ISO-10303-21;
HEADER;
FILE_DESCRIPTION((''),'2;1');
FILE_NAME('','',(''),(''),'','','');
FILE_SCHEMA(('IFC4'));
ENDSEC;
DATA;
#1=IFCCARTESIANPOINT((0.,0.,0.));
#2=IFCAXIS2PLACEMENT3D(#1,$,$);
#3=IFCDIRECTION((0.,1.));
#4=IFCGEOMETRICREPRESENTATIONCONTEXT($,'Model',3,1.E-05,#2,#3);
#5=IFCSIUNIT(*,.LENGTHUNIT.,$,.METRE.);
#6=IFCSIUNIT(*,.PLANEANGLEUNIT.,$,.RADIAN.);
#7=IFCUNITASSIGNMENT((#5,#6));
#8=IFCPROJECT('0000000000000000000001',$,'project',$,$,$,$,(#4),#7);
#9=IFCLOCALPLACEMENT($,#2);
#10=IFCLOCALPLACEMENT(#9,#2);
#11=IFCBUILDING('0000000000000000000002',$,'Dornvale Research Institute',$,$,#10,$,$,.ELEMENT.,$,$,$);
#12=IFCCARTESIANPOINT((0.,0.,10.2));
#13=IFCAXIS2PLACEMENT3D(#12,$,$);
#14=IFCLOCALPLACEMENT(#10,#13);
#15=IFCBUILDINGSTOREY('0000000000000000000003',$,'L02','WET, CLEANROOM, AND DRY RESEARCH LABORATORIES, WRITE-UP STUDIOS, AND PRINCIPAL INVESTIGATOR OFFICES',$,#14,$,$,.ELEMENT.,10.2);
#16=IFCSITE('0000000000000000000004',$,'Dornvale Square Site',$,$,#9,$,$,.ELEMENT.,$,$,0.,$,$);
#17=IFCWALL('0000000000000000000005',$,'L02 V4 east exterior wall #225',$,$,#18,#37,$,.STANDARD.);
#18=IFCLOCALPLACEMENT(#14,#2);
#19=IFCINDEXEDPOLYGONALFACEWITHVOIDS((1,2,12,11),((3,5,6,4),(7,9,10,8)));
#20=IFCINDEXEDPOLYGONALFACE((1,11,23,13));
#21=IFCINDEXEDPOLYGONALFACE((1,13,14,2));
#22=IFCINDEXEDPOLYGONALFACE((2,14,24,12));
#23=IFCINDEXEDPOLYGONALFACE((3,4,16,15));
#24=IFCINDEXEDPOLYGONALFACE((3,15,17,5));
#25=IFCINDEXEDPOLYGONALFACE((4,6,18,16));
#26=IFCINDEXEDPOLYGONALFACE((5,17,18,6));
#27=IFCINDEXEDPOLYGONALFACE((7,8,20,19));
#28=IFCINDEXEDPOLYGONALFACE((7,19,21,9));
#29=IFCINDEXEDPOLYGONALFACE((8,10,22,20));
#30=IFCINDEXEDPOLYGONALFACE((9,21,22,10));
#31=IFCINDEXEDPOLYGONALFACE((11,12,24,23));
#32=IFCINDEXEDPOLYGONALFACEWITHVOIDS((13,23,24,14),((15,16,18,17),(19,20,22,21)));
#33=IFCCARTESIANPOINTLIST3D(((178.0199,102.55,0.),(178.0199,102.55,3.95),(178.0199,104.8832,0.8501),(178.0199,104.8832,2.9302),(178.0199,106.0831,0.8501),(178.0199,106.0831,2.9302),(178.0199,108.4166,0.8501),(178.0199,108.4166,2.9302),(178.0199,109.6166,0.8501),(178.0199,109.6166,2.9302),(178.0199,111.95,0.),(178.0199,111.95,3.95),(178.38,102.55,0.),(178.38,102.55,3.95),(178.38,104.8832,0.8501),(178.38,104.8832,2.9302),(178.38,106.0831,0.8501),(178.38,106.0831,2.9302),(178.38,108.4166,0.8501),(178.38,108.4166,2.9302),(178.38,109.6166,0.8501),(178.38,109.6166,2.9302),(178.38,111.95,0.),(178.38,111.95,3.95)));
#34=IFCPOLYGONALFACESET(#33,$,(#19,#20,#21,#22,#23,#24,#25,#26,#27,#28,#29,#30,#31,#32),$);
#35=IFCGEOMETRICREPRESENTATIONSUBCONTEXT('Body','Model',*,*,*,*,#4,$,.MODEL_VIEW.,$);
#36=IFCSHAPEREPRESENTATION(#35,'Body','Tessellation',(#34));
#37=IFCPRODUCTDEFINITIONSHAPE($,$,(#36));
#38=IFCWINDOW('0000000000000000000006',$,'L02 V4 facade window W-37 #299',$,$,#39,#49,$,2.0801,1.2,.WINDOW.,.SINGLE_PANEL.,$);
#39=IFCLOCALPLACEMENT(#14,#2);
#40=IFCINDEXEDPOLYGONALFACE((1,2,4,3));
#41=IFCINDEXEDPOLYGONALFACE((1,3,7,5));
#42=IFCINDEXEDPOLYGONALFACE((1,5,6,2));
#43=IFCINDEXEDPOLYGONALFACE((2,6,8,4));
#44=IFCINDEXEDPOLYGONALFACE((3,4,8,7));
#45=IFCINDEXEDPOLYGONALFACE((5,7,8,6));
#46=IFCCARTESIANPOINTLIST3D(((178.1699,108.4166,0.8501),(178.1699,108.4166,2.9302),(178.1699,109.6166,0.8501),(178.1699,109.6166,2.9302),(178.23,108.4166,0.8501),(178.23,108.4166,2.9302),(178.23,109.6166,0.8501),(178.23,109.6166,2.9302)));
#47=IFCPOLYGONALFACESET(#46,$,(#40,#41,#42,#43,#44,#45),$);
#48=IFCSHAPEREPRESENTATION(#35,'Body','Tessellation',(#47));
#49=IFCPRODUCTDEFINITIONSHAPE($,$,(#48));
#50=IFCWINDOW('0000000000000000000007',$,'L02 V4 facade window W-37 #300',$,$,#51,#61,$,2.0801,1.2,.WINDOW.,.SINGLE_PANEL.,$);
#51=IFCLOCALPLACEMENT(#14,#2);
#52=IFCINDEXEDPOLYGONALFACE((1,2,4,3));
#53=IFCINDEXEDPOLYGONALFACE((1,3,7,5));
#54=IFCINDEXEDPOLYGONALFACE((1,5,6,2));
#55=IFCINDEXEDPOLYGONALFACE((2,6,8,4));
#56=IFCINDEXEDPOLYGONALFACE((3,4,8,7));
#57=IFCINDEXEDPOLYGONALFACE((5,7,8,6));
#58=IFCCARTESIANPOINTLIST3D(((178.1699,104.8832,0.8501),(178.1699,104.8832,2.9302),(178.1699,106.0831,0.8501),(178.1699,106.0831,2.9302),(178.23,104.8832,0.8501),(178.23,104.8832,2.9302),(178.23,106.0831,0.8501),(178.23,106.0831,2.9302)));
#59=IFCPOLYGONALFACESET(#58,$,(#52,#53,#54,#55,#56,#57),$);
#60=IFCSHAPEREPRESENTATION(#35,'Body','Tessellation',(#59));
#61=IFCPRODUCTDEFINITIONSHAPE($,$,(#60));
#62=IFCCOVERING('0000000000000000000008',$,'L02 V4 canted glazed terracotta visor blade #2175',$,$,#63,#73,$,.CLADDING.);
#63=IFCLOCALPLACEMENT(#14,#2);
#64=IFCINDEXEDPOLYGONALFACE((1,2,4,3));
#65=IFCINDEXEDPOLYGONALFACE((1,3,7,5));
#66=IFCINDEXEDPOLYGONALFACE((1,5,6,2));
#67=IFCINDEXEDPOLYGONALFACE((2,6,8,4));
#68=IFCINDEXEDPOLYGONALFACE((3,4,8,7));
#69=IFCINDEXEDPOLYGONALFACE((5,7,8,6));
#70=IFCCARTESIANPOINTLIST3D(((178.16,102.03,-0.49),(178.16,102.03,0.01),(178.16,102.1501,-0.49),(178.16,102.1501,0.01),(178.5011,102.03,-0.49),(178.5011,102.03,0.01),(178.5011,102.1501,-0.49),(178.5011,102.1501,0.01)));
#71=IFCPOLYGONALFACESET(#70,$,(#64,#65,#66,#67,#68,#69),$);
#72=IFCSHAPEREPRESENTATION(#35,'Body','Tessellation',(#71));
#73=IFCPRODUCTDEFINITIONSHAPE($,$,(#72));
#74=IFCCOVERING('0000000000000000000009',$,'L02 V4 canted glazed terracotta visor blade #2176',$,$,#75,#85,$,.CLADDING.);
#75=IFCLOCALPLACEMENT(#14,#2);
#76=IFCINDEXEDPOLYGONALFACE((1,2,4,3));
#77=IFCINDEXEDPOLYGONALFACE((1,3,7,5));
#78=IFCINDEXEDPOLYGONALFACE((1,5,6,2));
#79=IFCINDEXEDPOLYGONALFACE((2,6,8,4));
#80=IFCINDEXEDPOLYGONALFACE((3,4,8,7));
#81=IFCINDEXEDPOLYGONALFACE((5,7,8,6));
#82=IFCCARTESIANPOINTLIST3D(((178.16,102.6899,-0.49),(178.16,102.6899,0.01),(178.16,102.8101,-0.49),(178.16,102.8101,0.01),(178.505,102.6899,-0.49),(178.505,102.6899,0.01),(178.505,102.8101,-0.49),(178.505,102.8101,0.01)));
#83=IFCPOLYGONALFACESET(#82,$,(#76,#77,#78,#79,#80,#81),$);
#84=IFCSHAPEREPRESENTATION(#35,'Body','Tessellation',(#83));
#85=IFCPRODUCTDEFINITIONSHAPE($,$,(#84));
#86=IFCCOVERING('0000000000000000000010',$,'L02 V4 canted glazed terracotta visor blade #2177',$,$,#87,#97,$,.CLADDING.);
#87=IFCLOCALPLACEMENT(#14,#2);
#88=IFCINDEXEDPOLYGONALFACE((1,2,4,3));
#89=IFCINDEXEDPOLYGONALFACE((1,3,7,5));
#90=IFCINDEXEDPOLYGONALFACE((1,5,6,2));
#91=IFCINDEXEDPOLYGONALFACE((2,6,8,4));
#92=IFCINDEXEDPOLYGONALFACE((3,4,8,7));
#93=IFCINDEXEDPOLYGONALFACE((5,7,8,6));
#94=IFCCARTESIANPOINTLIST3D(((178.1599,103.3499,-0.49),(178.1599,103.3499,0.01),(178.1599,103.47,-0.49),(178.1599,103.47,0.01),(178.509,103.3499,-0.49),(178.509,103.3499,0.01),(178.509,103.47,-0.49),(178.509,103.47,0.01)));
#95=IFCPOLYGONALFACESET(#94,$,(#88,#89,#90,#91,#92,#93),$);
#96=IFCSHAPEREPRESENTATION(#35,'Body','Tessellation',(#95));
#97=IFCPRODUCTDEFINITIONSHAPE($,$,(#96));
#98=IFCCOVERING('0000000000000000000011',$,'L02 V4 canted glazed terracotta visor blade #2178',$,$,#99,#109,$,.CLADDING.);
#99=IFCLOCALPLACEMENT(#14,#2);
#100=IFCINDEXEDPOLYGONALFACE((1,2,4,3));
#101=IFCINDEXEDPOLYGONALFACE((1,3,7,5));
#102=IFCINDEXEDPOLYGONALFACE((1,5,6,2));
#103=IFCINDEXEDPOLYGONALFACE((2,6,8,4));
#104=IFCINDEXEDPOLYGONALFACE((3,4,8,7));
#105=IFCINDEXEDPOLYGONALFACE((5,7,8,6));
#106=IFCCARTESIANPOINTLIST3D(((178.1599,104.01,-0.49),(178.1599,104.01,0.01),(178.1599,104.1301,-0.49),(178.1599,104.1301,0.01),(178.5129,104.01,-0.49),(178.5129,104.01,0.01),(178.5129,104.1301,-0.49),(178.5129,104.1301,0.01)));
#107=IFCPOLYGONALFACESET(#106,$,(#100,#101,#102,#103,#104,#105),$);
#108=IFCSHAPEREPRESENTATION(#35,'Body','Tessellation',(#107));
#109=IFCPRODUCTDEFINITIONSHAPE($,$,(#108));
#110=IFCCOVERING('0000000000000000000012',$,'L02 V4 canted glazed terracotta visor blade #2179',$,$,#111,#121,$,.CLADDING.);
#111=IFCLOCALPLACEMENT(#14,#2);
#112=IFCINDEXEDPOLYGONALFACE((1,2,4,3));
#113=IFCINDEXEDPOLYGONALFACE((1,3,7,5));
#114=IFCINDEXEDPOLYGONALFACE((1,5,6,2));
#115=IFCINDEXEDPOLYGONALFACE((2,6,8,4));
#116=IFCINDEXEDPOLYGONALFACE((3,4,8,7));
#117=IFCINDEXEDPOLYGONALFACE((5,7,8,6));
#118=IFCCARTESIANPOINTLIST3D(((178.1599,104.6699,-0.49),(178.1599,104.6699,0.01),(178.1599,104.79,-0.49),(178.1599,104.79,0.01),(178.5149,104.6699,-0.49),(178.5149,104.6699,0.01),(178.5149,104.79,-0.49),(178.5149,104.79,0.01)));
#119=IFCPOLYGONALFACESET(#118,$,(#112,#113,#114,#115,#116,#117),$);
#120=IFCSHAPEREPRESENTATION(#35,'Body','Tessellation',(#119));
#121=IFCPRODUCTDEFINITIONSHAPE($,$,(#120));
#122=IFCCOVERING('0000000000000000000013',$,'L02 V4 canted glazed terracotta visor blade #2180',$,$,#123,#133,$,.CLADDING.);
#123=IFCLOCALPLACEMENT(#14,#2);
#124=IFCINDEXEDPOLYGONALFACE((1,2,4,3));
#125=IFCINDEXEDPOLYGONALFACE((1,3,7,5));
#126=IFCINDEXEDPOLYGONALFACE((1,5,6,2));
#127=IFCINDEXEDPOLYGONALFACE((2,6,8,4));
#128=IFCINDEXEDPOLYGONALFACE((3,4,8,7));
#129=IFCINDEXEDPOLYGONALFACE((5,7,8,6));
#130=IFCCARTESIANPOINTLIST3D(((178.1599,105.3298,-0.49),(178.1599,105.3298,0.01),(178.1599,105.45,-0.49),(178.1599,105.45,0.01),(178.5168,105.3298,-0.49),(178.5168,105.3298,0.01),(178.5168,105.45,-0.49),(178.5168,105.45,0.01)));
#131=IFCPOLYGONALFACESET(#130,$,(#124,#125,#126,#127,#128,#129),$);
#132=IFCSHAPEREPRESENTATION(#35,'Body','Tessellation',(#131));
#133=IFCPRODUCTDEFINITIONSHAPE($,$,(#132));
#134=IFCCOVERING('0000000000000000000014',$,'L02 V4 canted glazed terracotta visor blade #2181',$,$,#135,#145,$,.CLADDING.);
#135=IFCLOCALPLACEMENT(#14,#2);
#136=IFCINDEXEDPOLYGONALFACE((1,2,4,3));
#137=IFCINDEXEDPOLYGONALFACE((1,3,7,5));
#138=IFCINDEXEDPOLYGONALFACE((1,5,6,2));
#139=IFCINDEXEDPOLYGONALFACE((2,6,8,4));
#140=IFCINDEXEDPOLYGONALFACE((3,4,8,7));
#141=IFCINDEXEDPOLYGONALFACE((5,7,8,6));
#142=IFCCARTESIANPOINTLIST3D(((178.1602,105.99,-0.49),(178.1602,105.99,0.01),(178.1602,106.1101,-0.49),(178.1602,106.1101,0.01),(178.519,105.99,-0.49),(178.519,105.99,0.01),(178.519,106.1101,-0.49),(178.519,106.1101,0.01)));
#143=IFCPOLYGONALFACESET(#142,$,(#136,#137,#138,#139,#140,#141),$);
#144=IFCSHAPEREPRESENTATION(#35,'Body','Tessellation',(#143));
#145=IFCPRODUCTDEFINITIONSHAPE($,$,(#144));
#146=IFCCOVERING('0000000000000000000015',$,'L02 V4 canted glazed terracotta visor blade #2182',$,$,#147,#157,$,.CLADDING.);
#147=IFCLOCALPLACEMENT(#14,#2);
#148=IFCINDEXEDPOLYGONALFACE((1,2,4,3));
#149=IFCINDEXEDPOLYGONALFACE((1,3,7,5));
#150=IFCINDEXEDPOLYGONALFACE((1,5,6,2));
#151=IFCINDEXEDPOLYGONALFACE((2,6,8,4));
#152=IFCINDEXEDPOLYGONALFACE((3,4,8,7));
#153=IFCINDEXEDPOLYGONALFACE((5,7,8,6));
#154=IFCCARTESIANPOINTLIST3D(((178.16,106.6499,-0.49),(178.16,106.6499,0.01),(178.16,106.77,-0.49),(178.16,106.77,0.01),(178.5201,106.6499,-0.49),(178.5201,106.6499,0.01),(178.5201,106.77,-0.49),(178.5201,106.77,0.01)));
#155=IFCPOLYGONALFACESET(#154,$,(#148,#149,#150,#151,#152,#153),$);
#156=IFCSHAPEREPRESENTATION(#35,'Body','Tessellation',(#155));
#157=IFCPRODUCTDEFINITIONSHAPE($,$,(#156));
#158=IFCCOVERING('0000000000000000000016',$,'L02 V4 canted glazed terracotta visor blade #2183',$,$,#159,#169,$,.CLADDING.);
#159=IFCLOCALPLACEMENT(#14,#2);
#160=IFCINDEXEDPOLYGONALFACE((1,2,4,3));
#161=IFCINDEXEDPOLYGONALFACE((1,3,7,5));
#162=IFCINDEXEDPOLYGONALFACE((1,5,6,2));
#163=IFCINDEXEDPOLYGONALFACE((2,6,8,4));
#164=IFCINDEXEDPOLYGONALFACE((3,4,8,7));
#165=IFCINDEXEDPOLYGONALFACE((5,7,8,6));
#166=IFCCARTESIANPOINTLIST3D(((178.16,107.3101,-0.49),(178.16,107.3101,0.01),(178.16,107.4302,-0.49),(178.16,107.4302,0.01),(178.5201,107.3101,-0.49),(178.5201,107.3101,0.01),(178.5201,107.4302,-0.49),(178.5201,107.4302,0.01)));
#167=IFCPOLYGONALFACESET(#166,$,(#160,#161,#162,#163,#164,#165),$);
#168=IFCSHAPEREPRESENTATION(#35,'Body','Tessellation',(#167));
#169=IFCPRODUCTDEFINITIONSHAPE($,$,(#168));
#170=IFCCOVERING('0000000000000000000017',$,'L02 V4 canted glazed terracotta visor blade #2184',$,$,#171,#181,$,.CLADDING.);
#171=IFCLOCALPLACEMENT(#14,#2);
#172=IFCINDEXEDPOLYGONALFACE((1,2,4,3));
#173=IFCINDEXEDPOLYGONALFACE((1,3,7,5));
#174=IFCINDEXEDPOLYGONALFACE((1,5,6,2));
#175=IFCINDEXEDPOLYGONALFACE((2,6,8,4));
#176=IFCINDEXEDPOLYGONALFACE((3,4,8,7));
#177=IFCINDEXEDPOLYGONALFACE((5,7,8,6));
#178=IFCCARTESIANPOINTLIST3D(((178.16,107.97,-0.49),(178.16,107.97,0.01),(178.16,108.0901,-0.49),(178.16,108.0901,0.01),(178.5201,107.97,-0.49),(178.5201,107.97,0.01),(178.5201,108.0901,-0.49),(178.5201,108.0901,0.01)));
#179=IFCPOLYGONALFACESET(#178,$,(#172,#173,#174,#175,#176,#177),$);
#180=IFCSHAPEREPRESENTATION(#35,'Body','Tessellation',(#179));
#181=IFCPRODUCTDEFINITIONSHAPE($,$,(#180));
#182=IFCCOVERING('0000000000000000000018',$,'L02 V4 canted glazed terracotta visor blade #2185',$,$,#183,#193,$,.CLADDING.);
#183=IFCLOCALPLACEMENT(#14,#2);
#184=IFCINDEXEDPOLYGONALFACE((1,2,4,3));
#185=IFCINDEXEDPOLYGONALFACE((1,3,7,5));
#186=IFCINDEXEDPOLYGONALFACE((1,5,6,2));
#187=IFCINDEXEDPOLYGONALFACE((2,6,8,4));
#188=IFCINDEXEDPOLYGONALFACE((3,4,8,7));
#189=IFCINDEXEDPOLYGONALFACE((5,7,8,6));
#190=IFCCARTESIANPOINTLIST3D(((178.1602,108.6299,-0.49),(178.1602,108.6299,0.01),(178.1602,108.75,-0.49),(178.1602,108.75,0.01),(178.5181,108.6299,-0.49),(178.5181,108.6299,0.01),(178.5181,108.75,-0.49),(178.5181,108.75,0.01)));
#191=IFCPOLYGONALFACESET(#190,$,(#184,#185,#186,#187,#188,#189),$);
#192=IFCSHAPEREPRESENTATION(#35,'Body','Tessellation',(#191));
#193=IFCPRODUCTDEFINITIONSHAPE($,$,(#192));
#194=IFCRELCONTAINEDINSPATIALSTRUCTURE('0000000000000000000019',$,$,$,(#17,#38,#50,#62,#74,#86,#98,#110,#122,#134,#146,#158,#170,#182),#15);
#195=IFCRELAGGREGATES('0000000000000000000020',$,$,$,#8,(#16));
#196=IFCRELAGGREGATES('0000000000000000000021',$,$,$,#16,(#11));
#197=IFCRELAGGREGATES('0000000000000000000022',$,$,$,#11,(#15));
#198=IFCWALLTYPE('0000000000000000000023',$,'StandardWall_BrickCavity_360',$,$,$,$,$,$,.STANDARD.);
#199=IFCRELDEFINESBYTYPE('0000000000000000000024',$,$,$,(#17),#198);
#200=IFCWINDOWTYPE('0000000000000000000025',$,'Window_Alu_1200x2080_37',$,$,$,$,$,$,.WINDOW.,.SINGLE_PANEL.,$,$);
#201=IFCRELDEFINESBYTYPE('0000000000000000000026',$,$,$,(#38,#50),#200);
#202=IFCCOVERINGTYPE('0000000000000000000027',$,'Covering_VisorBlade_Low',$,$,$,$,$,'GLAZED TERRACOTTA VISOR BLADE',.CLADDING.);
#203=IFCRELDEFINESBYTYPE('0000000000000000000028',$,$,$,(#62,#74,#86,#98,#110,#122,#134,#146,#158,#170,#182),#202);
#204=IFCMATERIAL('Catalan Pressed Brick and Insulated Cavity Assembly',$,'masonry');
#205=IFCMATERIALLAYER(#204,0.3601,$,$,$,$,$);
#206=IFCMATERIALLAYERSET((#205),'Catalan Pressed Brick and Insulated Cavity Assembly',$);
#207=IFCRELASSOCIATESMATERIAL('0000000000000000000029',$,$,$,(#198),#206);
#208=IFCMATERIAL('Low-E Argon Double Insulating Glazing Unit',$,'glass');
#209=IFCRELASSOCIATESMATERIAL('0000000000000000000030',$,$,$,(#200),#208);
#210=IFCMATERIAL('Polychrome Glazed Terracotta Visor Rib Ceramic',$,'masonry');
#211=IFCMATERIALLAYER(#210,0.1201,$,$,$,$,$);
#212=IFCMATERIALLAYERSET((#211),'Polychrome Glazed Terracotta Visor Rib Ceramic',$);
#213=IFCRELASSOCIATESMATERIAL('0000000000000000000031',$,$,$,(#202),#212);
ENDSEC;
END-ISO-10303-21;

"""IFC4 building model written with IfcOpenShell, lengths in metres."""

from ifc_helpers import new_model, si_unit, direction, frame, frame_2d, origin, origin_2d, place, context, subcontext, project, spatial, rectangle, extrude, material, layer, layer_set, type_object, element, fill, save


model = new_model("IFC4")

# Units and contexts
model_context = context("Model", 3, precision=1e-05, world=origin(), true_north=direction((0.0, 1.0)))
body_context = subcontext(model_context, "Body", "Model", "MODEL_VIEW")
ifc_project = project(units=[si_unit("LENGTHUNIT", "METRE"), si_unit("PLANEANGLEUNIT", "RADIAN")], contexts=[model_context])

# Site, building, storey
site_placement = place(None, origin())
site = spatial("IfcSite", under=ifc_project, at=site_placement, Name="Dornvale Square Site", CompositionType="ELEMENT", RefElevation=0.0)
building_placement = place(site_placement, origin())
building = spatial("IfcBuilding", under=site, at=building_placement, Name="Dornvale Research Institute", CompositionType="ELEMENT")
storey_placement = place(building_placement, frame((0.0, 0.0, 10.2)))
storey = spatial("IfcBuildingStorey", under=building, at=storey_placement, Name="L02", Description="WET, CLEANROOM, AND DRY RESEARCH LABORATORIES, WRITE-UP STUDIOS, AND PRINCIPAL INVESTIGATOR OFFICES", CompositionType="ELEMENT", Elevation=10.2)

# Wall, openings, windows
ifc_material_1 = material(Name="Catalan Pressed Brick and Insulated Cavity Assembly", Category="masonry")
ifc_layer_1 = layer(ifc_material_1, 0.3601)
ifc_layer_set_1 = layer_set([ifc_layer_1], Name="Catalan Pressed Brick and Insulated Cavity Assembly")
wall_type_1 = type_object("IfcWallType", Name="StandardWall_BrickCavity_360", PredefinedType="STANDARD", material=ifc_layer_set_1)
wall_1_placement = place(storey_placement, frame((178.2, 111.95, 0.0), z_axis=(0.0, 0.0, 1.0), x_axis=(0.0, -1.0, 0.0)))
wall_1 = element("IfcWall", 1, at=wall_1_placement, inside=storey, type_object=wall_type_1, Name="L02 V4 east exterior wall #225", PredefinedType="STANDARD", context=body_context, shape_type="SweptSolid", body=[
    extrude(rectangle(XDim=9.3999, YDim=0.3601, at=frame_2d((4.7, 0.0))), origin(), (0.0, 0.0, 1.0), 3.95),
])
opening_1_placement = place(wall_1_placement, frame((2.3333, 0.0, 0.8501)))
opening_1 = element("IfcOpeningElement", 2, at=opening_1_placement, cuts=wall_1, PredefinedType="OPENING", context=body_context, shape_type="SweptSolid", body=[
    extrude(rectangle(XDim=1.2, YDim=2.0801, at=frame_2d((0.6001, 1.04))), frame((0.0, 0.1951, 0.0), z_axis=(0.0, -1.0, 0.0), x_axis=(1.0, 0.0, 0.0)), (0.0, 0.0, 1.0), 0.3901),
])
opening_2_placement = place(wall_1_placement, frame((5.8667, 0.0, 0.8501)))
opening_2 = element("IfcOpeningElement", 3, at=opening_2_placement, cuts=wall_1, PredefinedType="OPENING", context=body_context, shape_type="SweptSolid", body=[
    extrude(rectangle(XDim=1.2, YDim=2.0801, at=frame_2d((0.6001, 1.04))), frame((0.0, 0.1951, 0.0), z_axis=(0.0, -1.0, 0.0), x_axis=(1.0, 0.0, 0.0)), (0.0, 0.0, 1.0), 0.3901),
])
ifc_material_2 = material(Name="Low-E Argon Double Insulating Glazing Unit", Category="glass")
window_type = type_object("IfcWindowType", Name="Window_Alu_1200x2080_37", PartitioningType="SINGLE_PANEL", PredefinedType="WINDOW", material=ifc_material_2)
window_1_placement = place(opening_1_placement, origin())
window_1 = element("IfcWindow", 4, at=window_1_placement, inside=storey, type_object=window_type, Name="L02 V4 facade window W-37 #299", OverallHeight=2.0801, OverallWidth=1.2, PartitioningType="SINGLE_PANEL", PredefinedType="WINDOW", context=body_context, shape_type="SweptSolid", body=[
    extrude(rectangle(XDim=1.2, YDim=2.0801, at=frame_2d((0.6001, 1.04))), frame((0.0, 0.03, 0.0), z_axis=(0.0, -1.0, 0.0), x_axis=(1.0, 0.0, 0.0)), (0.0, 0.0, 1.0), 0.0601),
])
fill(opening_1, window_1)
window_2_placement = place(opening_2_placement, origin())
window_2 = element("IfcWindow", 5, at=window_2_placement, inside=storey, type_object=window_type, Name="L02 V4 facade window W-37 #300", OverallHeight=2.0801, OverallWidth=1.2, PartitioningType="SINGLE_PANEL", PredefinedType="WINDOW", context=body_context, shape_type="SweptSolid", body=[
    extrude(rectangle(XDim=1.2, YDim=2.0801, at=frame_2d((0.6001, 1.04))), frame((0.0, 0.03, 0.0), z_axis=(0.0, -1.0, 0.0), x_axis=(1.0, 0.0, 0.0)), (0.0, 0.0, 1.0), 0.0601),
])
fill(opening_2, window_2)

# Coverings
ifc_material_3 = material(Name="Polychrome Glazed Terracotta Visor Rib Ceramic", Category="masonry")
ifc_layer_2 = layer(ifc_material_3, 0.1201)
ifc_layer_set_2 = layer_set([ifc_layer_2], Name="Polychrome Glazed Terracotta Visor Rib Ceramic")
covering_type = type_object("IfcCoveringType", Name="Covering_VisorBlade_Low", ElementType="GLAZED TERRACOTTA VISOR BLADE", PredefinedType="CLADDING", material=ifc_layer_set_2)
covering_1_placement = place(storey_placement, frame((178.3306, 102.0901, -0.49), z_axis=(0.0, 0.0, 1.0), x_axis=(1.0, 0.0, 0.0)))
element("IfcCovering", 6, at=covering_1_placement, inside=storey, type_object=covering_type, Name="L02 V4 canted glazed terracotta visor blade #2175", PredefinedType="CLADDING", context=body_context, shape_type="SweptSolid", body=[
    extrude(rectangle(XDim=0.3411, YDim=0.1201, at=origin_2d()), origin(), (0.0, 0.0, 1.0), 0.5),
])
covering_2_placement = place(storey_placement, frame((178.3325, 102.75, -0.49), z_axis=(0.0, 0.0, 1.0), x_axis=(1.0, 0.0, 0.0)))
element("IfcCovering", 7, at=covering_2_placement, inside=storey, type_object=covering_type, Name="L02 V4 canted glazed terracotta visor blade #2176", PredefinedType="CLADDING", context=body_context, shape_type="SweptSolid", body=[
    extrude(rectangle(XDim=0.345, YDim=0.1201, at=origin_2d()), origin(), (0.0, 0.0, 1.0), 0.5),
])
covering_3_placement = place(storey_placement, frame((178.3345, 103.4099, -0.49), z_axis=(0.0, 0.0, 1.0), x_axis=(1.0, 0.0, 0.0)))
element("IfcCovering", 8, at=covering_3_placement, inside=storey, type_object=covering_type, Name="L02 V4 canted glazed terracotta visor blade #2177", PredefinedType="CLADDING", context=body_context, shape_type="SweptSolid", body=[
    extrude(rectangle(XDim=0.3491, YDim=0.1201, at=origin_2d()), origin(), (0.0, 0.0, 1.0), 0.5),
])
covering_4_placement = place(storey_placement, frame((178.3364, 104.0701, -0.49), z_axis=(0.0, 0.0, 1.0), x_axis=(1.0, 0.0, 0.0)))
element("IfcCovering", 9, at=covering_4_placement, inside=storey, type_object=covering_type, Name="L02 V4 canted glazed terracotta visor blade #2178", PredefinedType="CLADDING", context=body_context, shape_type="SweptSolid", body=[
    extrude(rectangle(XDim=0.353, YDim=0.1201, at=origin_2d()), origin(), (0.0, 0.0, 1.0), 0.5),
])
covering_5_placement = place(storey_placement, frame((178.3374, 104.73, -0.49), z_axis=(0.0, 0.0, 1.0), x_axis=(1.0, 0.0, 0.0)))
element("IfcCovering", 10, at=covering_5_placement, inside=storey, type_object=covering_type, Name="L02 V4 canted glazed terracotta visor blade #2179", PredefinedType="CLADDING", context=body_context, shape_type="SweptSolid", body=[
    extrude(rectangle(XDim=0.355, YDim=0.1201, at=origin_2d()), origin(), (0.0, 0.0, 1.0), 0.5),
])
covering_6_placement = place(storey_placement, frame((178.3384, 105.3899, -0.49), z_axis=(0.0, 0.0, 1.0), x_axis=(1.0, 0.0, 0.0)))
element("IfcCovering", 11, at=covering_6_placement, inside=storey, type_object=covering_type, Name="L02 V4 canted glazed terracotta visor blade #2180", PredefinedType="CLADDING", context=body_context, shape_type="SweptSolid", body=[
    extrude(rectangle(XDim=0.3569, YDim=0.1201, at=origin_2d()), origin(), (0.0, 0.0, 1.0), 0.5),
])
covering_7_placement = place(storey_placement, frame((178.3396, 106.05, -0.49), z_axis=(0.0, 0.0, 1.0), x_axis=(1.0, 0.0, 0.0)))
element("IfcCovering", 12, at=covering_7_placement, inside=storey, type_object=covering_type, Name="L02 V4 canted glazed terracotta visor blade #2181", PredefinedType="CLADDING", context=body_context, shape_type="SweptSolid", body=[
    extrude(rectangle(XDim=0.3589, YDim=0.1201, at=origin_2d()), origin(), (0.0, 0.0, 1.0), 0.5),
])
for number, where, z_axis, x_axis, name in (
    (13, (178.3401, 106.71, -0.49), (0.0, 0.0, 1.0), (1.0, 0.0, 0.0), "L02 V4 canted glazed terracotta visor blade #2182"),
    (14, (178.3401, 107.3701, -0.49), (0.0, 0.0, 1.0), (1.0, 0.0, 0.0), "L02 V4 canted glazed terracotta visor blade #2183"),
    (15, (178.3401, 108.03, -0.49), (0.0, 0.0, 1.0), (1.0, 0.0, 0.0), "L02 V4 canted glazed terracotta visor blade #2184"),
):
    element("IfcCovering", number, at=place(storey_placement, frame(where, z_axis=z_axis, x_axis=x_axis)), inside=storey, type_object=covering_type, Name=name, PredefinedType="CLADDING", context=body_context, shape_type="SweptSolid", body=[
        extrude(rectangle(XDim=0.3601, YDim=0.1201, at=origin_2d()), origin(), (0.0, 0.0, 1.0), 0.5),
    ])
covering_8_placement = place(storey_placement, frame((178.3391, 108.6899, -0.49), z_axis=(0.0, 0.0, 1.0), x_axis=(1.0, 0.0, 0.0)))
element("IfcCovering", 16, at=covering_8_placement, inside=storey, type_object=covering_type, Name="L02 V4 canted glazed terracotta visor blade #2185", PredefinedType="CLADDING", context=body_context, shape_type="SweptSolid", body=[
    extrude(rectangle(XDim=0.3579, YDim=0.1201, at=origin_2d()), origin(), (0.0, 0.0, 1.0), 0.5),
])

save(model, "model.ifc")
